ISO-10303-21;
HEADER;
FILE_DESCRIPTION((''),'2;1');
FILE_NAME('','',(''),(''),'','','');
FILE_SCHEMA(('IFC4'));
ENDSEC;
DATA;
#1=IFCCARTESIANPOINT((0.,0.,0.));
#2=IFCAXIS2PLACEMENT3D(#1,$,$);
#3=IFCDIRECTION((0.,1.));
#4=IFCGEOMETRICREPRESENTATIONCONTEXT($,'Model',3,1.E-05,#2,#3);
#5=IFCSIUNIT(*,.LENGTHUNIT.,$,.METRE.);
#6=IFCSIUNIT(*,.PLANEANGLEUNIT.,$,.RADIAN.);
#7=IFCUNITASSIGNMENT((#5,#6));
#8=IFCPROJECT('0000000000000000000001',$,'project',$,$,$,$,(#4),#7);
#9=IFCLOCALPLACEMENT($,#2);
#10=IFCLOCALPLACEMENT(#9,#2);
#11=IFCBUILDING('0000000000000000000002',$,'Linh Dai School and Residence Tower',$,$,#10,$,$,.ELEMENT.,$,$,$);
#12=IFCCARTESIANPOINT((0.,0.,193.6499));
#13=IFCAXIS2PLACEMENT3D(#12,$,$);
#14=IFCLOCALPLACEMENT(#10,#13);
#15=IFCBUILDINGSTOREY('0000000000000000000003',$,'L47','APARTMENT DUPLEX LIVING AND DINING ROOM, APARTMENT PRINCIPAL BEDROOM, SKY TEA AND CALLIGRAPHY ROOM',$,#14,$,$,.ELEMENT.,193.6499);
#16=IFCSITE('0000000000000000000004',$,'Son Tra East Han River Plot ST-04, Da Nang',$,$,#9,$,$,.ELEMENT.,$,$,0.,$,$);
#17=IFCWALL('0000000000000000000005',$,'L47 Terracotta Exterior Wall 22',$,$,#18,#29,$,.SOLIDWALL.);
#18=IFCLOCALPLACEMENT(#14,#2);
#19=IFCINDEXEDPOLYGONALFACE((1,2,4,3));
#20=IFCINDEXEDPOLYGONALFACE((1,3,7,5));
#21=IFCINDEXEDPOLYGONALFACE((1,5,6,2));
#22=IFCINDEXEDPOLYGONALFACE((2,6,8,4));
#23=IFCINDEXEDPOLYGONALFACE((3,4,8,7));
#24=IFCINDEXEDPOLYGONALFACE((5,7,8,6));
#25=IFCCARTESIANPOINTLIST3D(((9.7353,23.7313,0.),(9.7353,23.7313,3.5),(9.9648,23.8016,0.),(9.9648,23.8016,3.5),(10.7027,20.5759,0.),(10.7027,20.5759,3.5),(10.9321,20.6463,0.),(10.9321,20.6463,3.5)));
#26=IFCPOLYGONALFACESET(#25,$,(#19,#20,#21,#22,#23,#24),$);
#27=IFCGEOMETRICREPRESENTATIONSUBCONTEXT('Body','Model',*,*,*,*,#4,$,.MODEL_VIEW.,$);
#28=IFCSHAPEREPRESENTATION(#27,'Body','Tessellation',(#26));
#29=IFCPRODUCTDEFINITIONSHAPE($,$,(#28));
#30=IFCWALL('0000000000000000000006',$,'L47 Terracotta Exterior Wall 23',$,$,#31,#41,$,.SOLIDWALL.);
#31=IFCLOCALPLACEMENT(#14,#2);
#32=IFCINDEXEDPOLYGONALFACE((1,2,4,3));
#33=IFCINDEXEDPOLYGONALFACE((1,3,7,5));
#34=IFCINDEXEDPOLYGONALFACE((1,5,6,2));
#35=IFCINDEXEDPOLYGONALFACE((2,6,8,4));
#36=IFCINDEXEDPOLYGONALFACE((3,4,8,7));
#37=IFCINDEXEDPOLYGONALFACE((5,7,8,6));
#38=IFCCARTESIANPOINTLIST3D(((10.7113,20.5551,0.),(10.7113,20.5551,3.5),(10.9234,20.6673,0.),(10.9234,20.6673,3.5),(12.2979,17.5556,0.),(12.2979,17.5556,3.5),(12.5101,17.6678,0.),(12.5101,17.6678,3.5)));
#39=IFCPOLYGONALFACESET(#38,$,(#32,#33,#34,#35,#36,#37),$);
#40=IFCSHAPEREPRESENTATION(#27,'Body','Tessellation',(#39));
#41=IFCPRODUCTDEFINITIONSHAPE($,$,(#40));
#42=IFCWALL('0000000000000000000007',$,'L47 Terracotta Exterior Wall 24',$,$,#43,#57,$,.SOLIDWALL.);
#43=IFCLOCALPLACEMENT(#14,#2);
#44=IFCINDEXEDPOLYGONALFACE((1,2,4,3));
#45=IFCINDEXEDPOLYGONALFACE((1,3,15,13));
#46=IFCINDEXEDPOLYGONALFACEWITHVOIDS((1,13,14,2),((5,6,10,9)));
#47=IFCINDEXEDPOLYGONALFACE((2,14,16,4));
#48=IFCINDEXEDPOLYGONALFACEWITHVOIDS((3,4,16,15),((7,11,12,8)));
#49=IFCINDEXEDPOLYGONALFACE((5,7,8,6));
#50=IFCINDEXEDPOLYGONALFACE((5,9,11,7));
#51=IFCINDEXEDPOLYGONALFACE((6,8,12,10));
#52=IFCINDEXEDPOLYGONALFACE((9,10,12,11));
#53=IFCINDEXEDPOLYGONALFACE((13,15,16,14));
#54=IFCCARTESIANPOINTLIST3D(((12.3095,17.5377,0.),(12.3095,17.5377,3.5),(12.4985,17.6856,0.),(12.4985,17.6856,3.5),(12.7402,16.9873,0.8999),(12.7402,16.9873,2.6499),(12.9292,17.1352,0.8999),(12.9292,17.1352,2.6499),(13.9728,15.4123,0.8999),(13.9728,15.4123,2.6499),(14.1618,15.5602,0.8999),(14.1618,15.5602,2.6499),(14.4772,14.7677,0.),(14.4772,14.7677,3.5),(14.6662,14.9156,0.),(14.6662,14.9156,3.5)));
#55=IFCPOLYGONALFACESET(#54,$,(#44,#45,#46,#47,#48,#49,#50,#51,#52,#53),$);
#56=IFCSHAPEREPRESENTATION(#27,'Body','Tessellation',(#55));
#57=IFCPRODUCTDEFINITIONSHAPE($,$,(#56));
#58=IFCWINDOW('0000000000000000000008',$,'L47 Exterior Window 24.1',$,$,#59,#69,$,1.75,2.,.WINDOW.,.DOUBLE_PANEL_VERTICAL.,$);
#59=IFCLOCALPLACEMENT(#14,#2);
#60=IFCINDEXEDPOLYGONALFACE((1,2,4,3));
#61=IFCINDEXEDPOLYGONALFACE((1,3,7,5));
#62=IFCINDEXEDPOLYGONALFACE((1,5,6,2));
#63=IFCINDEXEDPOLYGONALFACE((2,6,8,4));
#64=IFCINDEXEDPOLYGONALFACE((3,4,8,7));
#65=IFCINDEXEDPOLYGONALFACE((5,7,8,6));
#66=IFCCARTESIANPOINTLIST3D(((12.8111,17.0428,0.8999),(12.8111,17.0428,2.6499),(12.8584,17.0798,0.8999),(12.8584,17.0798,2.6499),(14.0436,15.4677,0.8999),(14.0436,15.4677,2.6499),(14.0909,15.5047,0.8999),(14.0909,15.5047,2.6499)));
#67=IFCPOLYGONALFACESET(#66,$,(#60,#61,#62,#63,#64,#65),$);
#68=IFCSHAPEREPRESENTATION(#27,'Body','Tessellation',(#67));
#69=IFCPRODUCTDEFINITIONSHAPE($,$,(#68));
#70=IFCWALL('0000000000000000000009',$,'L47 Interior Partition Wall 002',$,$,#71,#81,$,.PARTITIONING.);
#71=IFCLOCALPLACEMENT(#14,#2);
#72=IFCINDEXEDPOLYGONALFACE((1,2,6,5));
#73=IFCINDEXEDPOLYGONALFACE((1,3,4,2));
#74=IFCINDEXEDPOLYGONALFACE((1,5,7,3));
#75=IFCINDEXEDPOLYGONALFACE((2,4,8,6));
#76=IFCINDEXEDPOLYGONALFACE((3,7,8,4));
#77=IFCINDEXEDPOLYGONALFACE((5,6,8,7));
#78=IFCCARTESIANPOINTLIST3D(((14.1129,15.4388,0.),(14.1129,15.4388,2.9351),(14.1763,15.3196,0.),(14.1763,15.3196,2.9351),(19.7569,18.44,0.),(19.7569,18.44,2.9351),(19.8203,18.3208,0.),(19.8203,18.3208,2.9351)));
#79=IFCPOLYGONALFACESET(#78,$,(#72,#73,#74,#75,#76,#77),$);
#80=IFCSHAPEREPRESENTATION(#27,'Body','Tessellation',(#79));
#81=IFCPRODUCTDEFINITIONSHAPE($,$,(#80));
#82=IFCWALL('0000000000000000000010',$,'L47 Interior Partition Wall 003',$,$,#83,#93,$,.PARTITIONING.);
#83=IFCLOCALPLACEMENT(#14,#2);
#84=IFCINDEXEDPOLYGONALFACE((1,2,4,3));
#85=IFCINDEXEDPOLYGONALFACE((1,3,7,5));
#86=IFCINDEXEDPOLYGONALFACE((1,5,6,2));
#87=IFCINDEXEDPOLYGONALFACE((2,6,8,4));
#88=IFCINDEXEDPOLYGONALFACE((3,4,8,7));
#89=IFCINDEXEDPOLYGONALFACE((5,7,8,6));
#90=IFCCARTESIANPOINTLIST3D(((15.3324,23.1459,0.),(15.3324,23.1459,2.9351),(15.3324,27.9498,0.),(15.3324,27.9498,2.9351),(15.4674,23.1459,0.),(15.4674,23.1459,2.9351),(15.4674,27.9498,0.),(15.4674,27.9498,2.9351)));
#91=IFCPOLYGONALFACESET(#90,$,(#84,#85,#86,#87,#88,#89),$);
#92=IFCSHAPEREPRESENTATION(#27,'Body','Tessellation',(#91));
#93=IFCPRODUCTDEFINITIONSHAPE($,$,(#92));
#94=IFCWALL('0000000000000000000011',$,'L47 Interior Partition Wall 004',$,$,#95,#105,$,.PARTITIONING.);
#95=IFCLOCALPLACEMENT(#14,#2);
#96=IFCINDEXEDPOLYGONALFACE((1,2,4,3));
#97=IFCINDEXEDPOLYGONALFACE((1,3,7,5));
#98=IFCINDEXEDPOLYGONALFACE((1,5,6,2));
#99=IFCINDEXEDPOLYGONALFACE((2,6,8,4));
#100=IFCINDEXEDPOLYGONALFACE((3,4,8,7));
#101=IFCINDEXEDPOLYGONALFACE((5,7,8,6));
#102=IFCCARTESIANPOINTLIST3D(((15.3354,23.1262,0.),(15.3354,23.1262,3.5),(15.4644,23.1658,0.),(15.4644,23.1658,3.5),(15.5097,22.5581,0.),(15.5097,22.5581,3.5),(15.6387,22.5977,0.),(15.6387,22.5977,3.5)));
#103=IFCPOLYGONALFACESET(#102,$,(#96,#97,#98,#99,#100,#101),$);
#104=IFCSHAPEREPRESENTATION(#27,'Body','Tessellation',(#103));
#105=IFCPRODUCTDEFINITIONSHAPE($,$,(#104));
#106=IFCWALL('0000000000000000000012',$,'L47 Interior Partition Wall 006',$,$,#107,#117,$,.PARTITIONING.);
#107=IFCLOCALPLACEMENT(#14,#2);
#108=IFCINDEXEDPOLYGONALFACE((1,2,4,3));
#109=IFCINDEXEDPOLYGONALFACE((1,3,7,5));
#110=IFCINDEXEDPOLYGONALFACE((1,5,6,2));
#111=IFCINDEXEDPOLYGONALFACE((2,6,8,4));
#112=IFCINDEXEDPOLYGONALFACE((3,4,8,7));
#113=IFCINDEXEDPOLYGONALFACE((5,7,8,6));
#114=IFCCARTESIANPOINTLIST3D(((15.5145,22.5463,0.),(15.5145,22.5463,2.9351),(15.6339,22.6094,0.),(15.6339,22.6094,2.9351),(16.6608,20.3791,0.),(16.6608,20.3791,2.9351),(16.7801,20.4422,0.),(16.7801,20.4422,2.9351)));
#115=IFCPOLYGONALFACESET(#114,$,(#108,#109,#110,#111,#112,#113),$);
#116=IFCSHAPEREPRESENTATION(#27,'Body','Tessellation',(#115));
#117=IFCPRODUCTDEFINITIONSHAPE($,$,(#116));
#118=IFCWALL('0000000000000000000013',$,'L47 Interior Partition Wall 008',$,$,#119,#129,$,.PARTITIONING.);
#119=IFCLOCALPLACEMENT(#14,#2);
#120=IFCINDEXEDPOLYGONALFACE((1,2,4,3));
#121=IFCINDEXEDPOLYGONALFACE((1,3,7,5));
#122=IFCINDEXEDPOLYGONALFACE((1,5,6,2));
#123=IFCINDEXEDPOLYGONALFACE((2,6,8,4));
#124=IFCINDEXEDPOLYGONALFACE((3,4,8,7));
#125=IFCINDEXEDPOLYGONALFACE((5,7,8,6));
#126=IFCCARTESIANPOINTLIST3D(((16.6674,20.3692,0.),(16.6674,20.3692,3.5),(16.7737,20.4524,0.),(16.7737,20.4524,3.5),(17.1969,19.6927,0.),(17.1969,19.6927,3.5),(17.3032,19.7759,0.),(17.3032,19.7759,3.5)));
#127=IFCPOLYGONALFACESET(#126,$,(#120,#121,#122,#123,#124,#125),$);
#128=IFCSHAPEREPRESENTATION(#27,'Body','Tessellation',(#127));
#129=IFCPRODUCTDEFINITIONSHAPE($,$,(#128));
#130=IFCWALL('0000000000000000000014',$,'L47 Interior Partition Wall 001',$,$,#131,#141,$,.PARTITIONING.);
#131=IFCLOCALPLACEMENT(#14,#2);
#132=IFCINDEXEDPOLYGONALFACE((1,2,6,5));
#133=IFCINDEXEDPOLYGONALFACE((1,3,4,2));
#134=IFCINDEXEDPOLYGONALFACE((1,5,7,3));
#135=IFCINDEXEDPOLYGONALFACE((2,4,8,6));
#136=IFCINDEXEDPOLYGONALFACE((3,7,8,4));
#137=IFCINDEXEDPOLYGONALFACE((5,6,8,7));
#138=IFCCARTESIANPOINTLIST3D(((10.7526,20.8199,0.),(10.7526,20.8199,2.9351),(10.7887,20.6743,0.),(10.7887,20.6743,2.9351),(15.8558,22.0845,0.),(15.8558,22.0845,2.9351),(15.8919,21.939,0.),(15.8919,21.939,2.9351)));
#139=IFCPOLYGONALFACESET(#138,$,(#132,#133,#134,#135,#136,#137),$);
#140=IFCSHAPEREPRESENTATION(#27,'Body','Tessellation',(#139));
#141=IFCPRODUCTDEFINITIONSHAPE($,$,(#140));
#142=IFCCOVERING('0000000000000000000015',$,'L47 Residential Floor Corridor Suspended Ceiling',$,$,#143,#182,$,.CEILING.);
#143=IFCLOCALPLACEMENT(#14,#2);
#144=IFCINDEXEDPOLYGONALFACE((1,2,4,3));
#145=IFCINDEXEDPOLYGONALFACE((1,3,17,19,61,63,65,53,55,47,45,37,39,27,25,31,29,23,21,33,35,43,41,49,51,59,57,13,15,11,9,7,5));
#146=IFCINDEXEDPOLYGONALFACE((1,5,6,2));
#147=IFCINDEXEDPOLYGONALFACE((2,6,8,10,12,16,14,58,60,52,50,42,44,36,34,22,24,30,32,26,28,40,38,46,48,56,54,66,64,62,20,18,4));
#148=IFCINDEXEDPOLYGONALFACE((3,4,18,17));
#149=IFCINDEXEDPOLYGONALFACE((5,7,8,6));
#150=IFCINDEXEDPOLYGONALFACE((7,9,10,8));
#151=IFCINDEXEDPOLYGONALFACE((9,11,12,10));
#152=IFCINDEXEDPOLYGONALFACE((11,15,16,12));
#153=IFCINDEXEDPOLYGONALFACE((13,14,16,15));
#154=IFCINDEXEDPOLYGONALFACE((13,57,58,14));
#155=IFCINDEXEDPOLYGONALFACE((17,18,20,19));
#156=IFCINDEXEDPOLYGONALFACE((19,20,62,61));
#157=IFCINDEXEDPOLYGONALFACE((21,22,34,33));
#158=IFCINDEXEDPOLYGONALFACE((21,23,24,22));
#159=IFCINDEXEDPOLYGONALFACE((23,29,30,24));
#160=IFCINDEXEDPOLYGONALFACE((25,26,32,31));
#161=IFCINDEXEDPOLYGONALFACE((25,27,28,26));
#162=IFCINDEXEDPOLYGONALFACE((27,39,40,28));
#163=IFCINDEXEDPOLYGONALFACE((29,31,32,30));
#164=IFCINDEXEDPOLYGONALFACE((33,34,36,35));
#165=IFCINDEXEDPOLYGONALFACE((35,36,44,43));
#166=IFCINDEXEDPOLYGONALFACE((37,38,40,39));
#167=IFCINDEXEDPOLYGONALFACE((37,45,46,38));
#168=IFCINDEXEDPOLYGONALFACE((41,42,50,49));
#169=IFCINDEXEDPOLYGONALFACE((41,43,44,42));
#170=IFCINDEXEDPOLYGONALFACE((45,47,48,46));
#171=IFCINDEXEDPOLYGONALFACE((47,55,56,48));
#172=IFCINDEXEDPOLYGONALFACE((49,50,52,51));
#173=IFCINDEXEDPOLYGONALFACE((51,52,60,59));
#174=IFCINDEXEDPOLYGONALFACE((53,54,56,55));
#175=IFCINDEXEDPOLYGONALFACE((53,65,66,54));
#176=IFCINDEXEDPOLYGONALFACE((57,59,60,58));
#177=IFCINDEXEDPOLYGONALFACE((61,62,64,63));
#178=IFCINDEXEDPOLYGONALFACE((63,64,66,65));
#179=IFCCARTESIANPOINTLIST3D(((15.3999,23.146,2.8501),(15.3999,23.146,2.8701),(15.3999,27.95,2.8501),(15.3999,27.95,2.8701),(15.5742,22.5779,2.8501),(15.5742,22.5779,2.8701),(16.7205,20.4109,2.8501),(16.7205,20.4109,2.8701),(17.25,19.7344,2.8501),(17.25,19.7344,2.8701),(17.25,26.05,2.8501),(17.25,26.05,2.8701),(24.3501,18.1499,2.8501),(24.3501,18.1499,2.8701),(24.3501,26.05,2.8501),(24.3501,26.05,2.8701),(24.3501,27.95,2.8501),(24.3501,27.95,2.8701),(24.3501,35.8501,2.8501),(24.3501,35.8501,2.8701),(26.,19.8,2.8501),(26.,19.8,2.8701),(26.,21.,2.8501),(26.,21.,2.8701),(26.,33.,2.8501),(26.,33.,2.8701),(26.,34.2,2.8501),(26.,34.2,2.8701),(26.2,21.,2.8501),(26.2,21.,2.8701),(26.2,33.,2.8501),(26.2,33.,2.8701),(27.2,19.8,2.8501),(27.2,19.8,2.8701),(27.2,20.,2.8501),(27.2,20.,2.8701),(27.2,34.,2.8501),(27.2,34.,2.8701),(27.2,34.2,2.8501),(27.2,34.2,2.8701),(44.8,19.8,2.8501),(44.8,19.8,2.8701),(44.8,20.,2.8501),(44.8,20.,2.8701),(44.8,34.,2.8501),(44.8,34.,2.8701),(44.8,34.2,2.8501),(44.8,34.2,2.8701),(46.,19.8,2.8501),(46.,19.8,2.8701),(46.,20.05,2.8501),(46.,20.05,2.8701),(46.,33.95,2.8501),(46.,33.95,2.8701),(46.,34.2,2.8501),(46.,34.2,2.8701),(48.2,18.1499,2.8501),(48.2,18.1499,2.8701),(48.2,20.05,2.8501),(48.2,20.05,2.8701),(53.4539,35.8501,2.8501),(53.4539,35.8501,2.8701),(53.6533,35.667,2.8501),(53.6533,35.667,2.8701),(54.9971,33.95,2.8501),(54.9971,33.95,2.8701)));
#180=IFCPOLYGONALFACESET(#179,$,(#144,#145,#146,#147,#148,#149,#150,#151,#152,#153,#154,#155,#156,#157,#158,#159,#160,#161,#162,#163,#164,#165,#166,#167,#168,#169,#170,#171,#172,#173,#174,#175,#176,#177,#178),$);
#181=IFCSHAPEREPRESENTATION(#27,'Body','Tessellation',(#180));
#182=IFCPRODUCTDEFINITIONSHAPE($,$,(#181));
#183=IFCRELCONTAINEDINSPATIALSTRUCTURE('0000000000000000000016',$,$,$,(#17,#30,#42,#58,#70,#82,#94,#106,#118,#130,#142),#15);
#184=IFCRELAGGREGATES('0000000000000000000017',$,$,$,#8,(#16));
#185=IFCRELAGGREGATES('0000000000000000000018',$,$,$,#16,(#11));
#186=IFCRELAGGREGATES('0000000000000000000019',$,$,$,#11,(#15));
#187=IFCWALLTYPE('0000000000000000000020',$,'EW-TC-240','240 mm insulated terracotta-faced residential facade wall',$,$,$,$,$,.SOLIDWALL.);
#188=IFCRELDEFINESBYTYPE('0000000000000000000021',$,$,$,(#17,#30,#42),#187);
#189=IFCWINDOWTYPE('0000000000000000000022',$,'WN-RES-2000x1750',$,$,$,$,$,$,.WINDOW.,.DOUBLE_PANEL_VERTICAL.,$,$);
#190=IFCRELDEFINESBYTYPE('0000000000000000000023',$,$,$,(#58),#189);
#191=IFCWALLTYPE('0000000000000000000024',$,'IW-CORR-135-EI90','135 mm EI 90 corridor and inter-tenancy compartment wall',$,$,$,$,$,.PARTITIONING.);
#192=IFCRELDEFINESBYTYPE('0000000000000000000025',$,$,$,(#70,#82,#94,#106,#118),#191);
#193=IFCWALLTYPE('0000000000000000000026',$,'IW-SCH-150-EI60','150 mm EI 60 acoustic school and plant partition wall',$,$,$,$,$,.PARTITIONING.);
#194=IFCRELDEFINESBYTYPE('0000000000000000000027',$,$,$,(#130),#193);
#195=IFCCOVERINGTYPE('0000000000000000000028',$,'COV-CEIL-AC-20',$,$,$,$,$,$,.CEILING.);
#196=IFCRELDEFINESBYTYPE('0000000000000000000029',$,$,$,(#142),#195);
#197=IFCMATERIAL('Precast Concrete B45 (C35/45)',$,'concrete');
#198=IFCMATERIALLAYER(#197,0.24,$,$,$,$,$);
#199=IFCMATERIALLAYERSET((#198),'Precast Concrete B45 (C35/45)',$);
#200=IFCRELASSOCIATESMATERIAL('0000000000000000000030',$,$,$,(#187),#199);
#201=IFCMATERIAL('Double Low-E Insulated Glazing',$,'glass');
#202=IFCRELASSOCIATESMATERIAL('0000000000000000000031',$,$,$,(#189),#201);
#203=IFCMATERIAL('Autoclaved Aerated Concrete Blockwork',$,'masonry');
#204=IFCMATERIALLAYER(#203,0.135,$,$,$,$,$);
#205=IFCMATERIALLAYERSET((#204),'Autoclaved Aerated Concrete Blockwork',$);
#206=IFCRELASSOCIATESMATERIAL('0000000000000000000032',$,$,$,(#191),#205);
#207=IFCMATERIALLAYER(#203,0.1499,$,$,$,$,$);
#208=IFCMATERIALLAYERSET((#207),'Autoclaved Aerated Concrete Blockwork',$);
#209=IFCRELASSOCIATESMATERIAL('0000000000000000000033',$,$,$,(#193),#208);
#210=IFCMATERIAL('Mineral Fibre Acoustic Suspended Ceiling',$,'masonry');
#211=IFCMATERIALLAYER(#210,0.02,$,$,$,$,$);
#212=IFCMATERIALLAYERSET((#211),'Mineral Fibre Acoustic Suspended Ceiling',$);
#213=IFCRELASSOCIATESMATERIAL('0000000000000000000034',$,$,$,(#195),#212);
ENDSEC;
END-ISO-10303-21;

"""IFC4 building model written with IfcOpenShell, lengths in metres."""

from ifc_helpers import new_model, si_unit, direction, frame, frame_2d, origin, origin_2d, place, context, subcontext, project, spatial, polyline, rectangle, outline, extrude, source, transform, mapped, material, layer, layer_set, type_object, element, fill, save


model = new_model("IFC4")

# Units and contexts
model_context = context("Model", 3, precision=1e-05, world=origin(), true_north=direction((0.0, 1.0)))
body_context = subcontext(model_context, "Body", "Model", "MODEL_VIEW")
ifc_project = project(units=[si_unit("LENGTHUNIT", "METRE"), si_unit("PLANEANGLEUNIT", "RADIAN")], contexts=[model_context])

# Site, building, storey
site_placement = place(None, origin())
site = spatial("IfcSite", under=ifc_project, at=site_placement, Name="Son Tra East Han River Plot ST-04, Da Nang", CompositionType="ELEMENT", RefElevation=0.0)
building_placement = place(site_placement, origin())
building = spatial("IfcBuilding", under=site, at=building_placement, Name="Linh Dai School and Residence Tower", CompositionType="ELEMENT")
storey_placement = place(building_placement, frame((0.0, 0.0, 193.6499)))
storey = spatial("IfcBuildingStorey", under=building, at=storey_placement, Name="L47", Description="APARTMENT DUPLEX LIVING AND DINING ROOM, APARTMENT PRINCIPAL BEDROOM, SKY TEA AND CALLIGRAPHY ROOM", CompositionType="ELEMENT", Elevation=193.6499)

# Shared definitions
ifc_material_1 = material(Name="Precast Concrete B45 (C35/45)", Category="concrete")

# Walls
ifc_layer_1 = layer(ifc_material_1, 0.24)
ifc_layer_set_1 = layer_set([ifc_layer_1], Name="Precast Concrete B45 (C35/45)")
wall_type_1 = type_object("IfcWallType", Name="EW-TC-240", Description="240 mm insulated terracotta-faced residential facade wall", PredefinedType="SOLIDWALL", material=ifc_layer_set_1)
wall_1_placement = place(storey_placement, frame((10.8174, 20.6111, 0.0), z_axis=(0.0, 0.0, 1.0), x_axis=(-0.293098, 0.956082, 0.0)))
element("IfcWall", 1, at=wall_1_placement, inside=storey, type_object=wall_type_1, Name="L47 Terracotta Exterior Wall 22", PredefinedType="SOLIDWALL", context=body_context, shape_type="SweptSolid", body=[
    extrude(rectangle(XDim=3.3003, YDim=0.24, at=frame_2d((1.6501, 0.0))), origin(), (0.0, 0.0, 1.0), 3.5),
])
wall_2_placement = place(storey_placement, frame((12.4041, 17.6116, 0.0), z_axis=(0.0, 0.0, 1.0), x_axis=(-0.467587, 0.883947, 0.0)))
element("IfcWall", 2, at=wall_2_placement, inside=storey, type_object=wall_type_1, Name="L47 Terracotta Exterior Wall 23", PredefinedType="SOLIDWALL", context=body_context, shape_type="SweptSolid", body=[
    extrude(rectangle(XDim=3.3933, YDim=0.24, at=frame_2d((1.6968, 0.0))), origin(), (0.0, 0.0, 1.0), 3.5),
])

# Wall, opening, window
wall_3_placement = place(storey_placement, frame((14.5718, 14.8416, 0.0), z_axis=(0.0, 0.0, 1.0), x_axis=(-0.616288, 0.787521, 0.0)))
wall_3 = element("IfcWall", 3, at=wall_3_placement, inside=storey, type_object=wall_type_1, Name="L47 Terracotta Exterior Wall 24", PredefinedType="SOLIDWALL", context=body_context, shape_type="SweptSolid", body=[
    extrude(rectangle(XDim=3.5173, YDim=0.24, at=frame_2d((1.7588, 0.0))), origin(), (0.0, 0.0, 1.0), 3.5),
])
opening_placement = place(wall_3_placement, frame((0.8186, 0.0, 0.8999)))
opening = element("IfcOpeningElement", 4, at=opening_placement, cuts=wall_3, PredefinedType="OPENING", context=body_context, shape_type="SweptSolid", body=[
    extrude(rectangle(XDim=2.0, YDim=1.75, at=origin_2d()), frame((1.0, 0.1299, 0.875), z_axis=(0.0, -1.0, 0.0), x_axis=(1.0, 0.0, 0.0)), (0.0, 0.0, 1.0), 0.26),
])
ifc_material_2 = material(Name="Double Low-E Insulated Glazing", Category="glass")
window_type = type_object("IfcWindowType", Name="WN-RES-2000x1750", PartitioningType="DOUBLE_PANEL_VERTICAL", PredefinedType="WINDOW", material=ifc_material_2)
shared_shape_1 = source(origin(), body_context, "Body", "SweptSolid", [
    extrude(rectangle(XDim=2.0, YDim=1.75, at=origin_2d()), frame((1.0, 0.03, 0.875), z_axis=(0.0, -1.0, 0.0), x_axis=(1.0, 0.0, 0.0)), (0.0, 0.0, 1.0), 0.0601),
])
window_placement = place(opening_placement, origin())
window = element("IfcWindow", 5, at=window_placement, inside=storey, type_object=window_type, Name="L47 Exterior Window 24.1", OverallHeight=1.75, OverallWidth=2.0, PartitioningType="DOUBLE_PANEL_VERTICAL", PredefinedType="WINDOW", context=body_context, shape_type="MappedRepresentation", body=[
    mapped(shared_shape_1, transform((0.0, 0.0, 0.0), x_axis=(1.0, 0.0, 0.0), y_axis=(0.0, 1.0, 0.0), z_axis=(0.0, 0.0, 1.0), scale=1.0)),
])
fill(opening, window)

# Walls
ifc_material_3 = material(Name="Autoclaved Aerated Concrete Blockwork", Category="masonry")
ifc_layer_2 = layer(ifc_material_3, 0.135)
ifc_layer_set_2 = layer_set([ifc_layer_2], Name="Autoclaved Aerated Concrete Blockwork")
wall_type_2 = type_object("IfcWallType", Name="IW-CORR-135-EI90", Description="135 mm EI 90 corridor and inter-tenancy compartment wall", PredefinedType="PARTITIONING", material=ifc_layer_set_2)
wall_4_placement = place(storey_placement, frame((14.1445, 15.3792, 0.0), z_axis=(0.0, 0.0, 1.0), x_axis=(0.882933, 0.4695, 0.0)))
element("IfcWall", 6, at=wall_4_placement, inside=storey, type_object=wall_type_2, Name="L47 Interior Partition Wall 002", PredefinedType="PARTITIONING", context=body_context, shape_type="SweptSolid", body=[
    extrude(rectangle(XDim=6.3923, YDim=0.135, at=frame_2d((3.1963, 0.0))), origin(), (0.0, 0.0, 1.0), 2.9351),
])
wall_5_placement = place(storey_placement, frame((15.3999, 23.146, 0.0), z_axis=(0.0, 0.0, 1.0), x_axis=(0.0, 1.0, 0.0)))
element("IfcWall", 7, at=wall_5_placement, inside=storey, type_object=wall_type_2, Name="L47 Interior Partition Wall 003", PredefinedType="PARTITIONING", context=body_context, shape_type="SweptSolid", body=[
    extrude(rectangle(XDim=4.804, YDim=0.135, at=frame_2d((2.4019, 0.0))), origin(), (0.0, 0.0, 1.0), 2.9351),
])
wall_6_placement = place(storey_placement, frame((15.3999, 23.146, 0.0), z_axis=(0.0, 0.0, 1.0), x_axis=(0.293335, -0.95601, 0.0)))
element("IfcWall", 8, at=wall_6_placement, inside=storey, type_object=wall_type_2, Name="L47 Interior Partition Wall 004", PredefinedType="PARTITIONING", context=body_context, shape_type="SweptSolid", body=[
    extrude(rectangle(XDim=0.5942, YDim=0.135, at=frame_2d((0.2971, 0.0))), origin(), (0.0, 0.0, 1.0), 3.5),
])
wall_7_placement = place(storey_placement, frame((15.5742, 22.5779, 0.0), z_axis=(0.0, 0.0, 1.0), x_axis=(0.467531, -0.883977, 0.0)))
element("IfcWall", 9, at=wall_7_placement, inside=storey, type_object=wall_type_2, Name="L47 Interior Partition Wall 006", PredefinedType="PARTITIONING", context=body_context, shape_type="SweptSolid", body=[
    extrude(rectangle(XDim=2.4517, YDim=0.135, at=frame_2d((1.2258, 0.0))), origin(), (0.0, 0.0, 1.0), 2.9351),
])
wall_8_placement = place(storey_placement, frame((16.7205, 20.4109, 0.0), z_axis=(0.0, 0.0, 1.0), x_axis=(0.616377, -0.787451, 0.0)))
element("IfcWall", 10, at=wall_8_placement, inside=storey, type_object=wall_type_2, Name="L47 Interior Partition Wall 008", PredefinedType="PARTITIONING", context=body_context, shape_type="SweptSolid", body=[
    extrude(rectangle(XDim=0.8591, YDim=0.135, at=frame_2d((0.4297, 0.0))), origin(), (0.0, 0.0, 1.0), 3.5),
])
ifc_layer_3 = layer(ifc_material_3, 0.1499)
ifc_layer_set_3 = layer_set([ifc_layer_3], Name="Autoclaved Aerated Concrete Blockwork")
wall_type_3 = type_object("IfcWallType", Name="IW-SCH-150-EI60", Description="150 mm EI 60 acoustic school and plant partition wall", PredefinedType="PARTITIONING", material=ifc_layer_set_3)
wall_9_placement = place(storey_placement, frame((10.7705, 20.7471, 0.0), z_axis=(0.0, 0.0, 1.0), x_axis=(0.97064, 0.240536, 0.0)))
element("IfcWall", 11, at=wall_9_placement, inside=storey, type_object=wall_type_3, Name="L47 Interior Partition Wall 001", PredefinedType="PARTITIONING", context=body_context, shape_type="SweptSolid", body=[
    extrude(rectangle(XDim=5.2576, YDim=0.1499, at=frame_2d((2.6289, 0.0))), origin(), (0.0, 0.0, 1.0), 2.9351),
])

# Covering
ifc_material_4 = material(Name="Mineral Fibre Acoustic Suspended Ceiling", Category="masonry")
ifc_layer_4 = layer(ifc_material_4, 0.02)
ifc_layer_set_4 = layer_set([ifc_layer_4], Name="Mineral Fibre Acoustic Suspended Ceiling")
covering_type_1 = type_object("IfcCoveringType", Name="COV-CEIL-AC-20", PredefinedType="CEILING", material=ifc_layer_set_4)
covering_1_placement = place(storey_placement, frame((0.0, 0.0, 2.8501)))
element("IfcCovering", 12, at=covering_1_placement, inside=storey, type_object=covering_type_1, Name="L47 Residential Floor Corridor Suspended Ceiling", PredefinedType="CEILING", context=body_context, shape_type="SweptSolid", body=[
    extrude(outline(polyline([(17.25, 19.7344), (16.7205, 20.4109), (15.5742, 22.5779), (15.3999, 23.146), (15.3999, 27.95), (24.3501, 27.95), (24.3501, 35.8501), (53.4539, 35.8501), (53.6533, 35.667), (54.9971, 33.95), (46.0, 33.95), (46.0, 34.2), (44.8, 34.2), (44.8, 34.0), (27.2, 34.0), (27.2, 34.2), (26.0, 34.2), (26.0, 33.0), (26.2, 33.0), (26.2, 21.0), (26.0, 21.0), (26.0, 19.8), (27.2, 19.8), (27.2, 20.0), (44.8, 20.0), (44.8, 19.8), (46.0, 19.8), (46.0, 20.05), (48.2, 20.05), (48.2, 18.1499), (24.3501, 18.1499), (24.3501, 26.05), (17.25, 26.05), (17.25, 19.7344)])), origin(), (0.0, 0.0, 1.0), 0.02),
])

save(model, "model.ifc")
